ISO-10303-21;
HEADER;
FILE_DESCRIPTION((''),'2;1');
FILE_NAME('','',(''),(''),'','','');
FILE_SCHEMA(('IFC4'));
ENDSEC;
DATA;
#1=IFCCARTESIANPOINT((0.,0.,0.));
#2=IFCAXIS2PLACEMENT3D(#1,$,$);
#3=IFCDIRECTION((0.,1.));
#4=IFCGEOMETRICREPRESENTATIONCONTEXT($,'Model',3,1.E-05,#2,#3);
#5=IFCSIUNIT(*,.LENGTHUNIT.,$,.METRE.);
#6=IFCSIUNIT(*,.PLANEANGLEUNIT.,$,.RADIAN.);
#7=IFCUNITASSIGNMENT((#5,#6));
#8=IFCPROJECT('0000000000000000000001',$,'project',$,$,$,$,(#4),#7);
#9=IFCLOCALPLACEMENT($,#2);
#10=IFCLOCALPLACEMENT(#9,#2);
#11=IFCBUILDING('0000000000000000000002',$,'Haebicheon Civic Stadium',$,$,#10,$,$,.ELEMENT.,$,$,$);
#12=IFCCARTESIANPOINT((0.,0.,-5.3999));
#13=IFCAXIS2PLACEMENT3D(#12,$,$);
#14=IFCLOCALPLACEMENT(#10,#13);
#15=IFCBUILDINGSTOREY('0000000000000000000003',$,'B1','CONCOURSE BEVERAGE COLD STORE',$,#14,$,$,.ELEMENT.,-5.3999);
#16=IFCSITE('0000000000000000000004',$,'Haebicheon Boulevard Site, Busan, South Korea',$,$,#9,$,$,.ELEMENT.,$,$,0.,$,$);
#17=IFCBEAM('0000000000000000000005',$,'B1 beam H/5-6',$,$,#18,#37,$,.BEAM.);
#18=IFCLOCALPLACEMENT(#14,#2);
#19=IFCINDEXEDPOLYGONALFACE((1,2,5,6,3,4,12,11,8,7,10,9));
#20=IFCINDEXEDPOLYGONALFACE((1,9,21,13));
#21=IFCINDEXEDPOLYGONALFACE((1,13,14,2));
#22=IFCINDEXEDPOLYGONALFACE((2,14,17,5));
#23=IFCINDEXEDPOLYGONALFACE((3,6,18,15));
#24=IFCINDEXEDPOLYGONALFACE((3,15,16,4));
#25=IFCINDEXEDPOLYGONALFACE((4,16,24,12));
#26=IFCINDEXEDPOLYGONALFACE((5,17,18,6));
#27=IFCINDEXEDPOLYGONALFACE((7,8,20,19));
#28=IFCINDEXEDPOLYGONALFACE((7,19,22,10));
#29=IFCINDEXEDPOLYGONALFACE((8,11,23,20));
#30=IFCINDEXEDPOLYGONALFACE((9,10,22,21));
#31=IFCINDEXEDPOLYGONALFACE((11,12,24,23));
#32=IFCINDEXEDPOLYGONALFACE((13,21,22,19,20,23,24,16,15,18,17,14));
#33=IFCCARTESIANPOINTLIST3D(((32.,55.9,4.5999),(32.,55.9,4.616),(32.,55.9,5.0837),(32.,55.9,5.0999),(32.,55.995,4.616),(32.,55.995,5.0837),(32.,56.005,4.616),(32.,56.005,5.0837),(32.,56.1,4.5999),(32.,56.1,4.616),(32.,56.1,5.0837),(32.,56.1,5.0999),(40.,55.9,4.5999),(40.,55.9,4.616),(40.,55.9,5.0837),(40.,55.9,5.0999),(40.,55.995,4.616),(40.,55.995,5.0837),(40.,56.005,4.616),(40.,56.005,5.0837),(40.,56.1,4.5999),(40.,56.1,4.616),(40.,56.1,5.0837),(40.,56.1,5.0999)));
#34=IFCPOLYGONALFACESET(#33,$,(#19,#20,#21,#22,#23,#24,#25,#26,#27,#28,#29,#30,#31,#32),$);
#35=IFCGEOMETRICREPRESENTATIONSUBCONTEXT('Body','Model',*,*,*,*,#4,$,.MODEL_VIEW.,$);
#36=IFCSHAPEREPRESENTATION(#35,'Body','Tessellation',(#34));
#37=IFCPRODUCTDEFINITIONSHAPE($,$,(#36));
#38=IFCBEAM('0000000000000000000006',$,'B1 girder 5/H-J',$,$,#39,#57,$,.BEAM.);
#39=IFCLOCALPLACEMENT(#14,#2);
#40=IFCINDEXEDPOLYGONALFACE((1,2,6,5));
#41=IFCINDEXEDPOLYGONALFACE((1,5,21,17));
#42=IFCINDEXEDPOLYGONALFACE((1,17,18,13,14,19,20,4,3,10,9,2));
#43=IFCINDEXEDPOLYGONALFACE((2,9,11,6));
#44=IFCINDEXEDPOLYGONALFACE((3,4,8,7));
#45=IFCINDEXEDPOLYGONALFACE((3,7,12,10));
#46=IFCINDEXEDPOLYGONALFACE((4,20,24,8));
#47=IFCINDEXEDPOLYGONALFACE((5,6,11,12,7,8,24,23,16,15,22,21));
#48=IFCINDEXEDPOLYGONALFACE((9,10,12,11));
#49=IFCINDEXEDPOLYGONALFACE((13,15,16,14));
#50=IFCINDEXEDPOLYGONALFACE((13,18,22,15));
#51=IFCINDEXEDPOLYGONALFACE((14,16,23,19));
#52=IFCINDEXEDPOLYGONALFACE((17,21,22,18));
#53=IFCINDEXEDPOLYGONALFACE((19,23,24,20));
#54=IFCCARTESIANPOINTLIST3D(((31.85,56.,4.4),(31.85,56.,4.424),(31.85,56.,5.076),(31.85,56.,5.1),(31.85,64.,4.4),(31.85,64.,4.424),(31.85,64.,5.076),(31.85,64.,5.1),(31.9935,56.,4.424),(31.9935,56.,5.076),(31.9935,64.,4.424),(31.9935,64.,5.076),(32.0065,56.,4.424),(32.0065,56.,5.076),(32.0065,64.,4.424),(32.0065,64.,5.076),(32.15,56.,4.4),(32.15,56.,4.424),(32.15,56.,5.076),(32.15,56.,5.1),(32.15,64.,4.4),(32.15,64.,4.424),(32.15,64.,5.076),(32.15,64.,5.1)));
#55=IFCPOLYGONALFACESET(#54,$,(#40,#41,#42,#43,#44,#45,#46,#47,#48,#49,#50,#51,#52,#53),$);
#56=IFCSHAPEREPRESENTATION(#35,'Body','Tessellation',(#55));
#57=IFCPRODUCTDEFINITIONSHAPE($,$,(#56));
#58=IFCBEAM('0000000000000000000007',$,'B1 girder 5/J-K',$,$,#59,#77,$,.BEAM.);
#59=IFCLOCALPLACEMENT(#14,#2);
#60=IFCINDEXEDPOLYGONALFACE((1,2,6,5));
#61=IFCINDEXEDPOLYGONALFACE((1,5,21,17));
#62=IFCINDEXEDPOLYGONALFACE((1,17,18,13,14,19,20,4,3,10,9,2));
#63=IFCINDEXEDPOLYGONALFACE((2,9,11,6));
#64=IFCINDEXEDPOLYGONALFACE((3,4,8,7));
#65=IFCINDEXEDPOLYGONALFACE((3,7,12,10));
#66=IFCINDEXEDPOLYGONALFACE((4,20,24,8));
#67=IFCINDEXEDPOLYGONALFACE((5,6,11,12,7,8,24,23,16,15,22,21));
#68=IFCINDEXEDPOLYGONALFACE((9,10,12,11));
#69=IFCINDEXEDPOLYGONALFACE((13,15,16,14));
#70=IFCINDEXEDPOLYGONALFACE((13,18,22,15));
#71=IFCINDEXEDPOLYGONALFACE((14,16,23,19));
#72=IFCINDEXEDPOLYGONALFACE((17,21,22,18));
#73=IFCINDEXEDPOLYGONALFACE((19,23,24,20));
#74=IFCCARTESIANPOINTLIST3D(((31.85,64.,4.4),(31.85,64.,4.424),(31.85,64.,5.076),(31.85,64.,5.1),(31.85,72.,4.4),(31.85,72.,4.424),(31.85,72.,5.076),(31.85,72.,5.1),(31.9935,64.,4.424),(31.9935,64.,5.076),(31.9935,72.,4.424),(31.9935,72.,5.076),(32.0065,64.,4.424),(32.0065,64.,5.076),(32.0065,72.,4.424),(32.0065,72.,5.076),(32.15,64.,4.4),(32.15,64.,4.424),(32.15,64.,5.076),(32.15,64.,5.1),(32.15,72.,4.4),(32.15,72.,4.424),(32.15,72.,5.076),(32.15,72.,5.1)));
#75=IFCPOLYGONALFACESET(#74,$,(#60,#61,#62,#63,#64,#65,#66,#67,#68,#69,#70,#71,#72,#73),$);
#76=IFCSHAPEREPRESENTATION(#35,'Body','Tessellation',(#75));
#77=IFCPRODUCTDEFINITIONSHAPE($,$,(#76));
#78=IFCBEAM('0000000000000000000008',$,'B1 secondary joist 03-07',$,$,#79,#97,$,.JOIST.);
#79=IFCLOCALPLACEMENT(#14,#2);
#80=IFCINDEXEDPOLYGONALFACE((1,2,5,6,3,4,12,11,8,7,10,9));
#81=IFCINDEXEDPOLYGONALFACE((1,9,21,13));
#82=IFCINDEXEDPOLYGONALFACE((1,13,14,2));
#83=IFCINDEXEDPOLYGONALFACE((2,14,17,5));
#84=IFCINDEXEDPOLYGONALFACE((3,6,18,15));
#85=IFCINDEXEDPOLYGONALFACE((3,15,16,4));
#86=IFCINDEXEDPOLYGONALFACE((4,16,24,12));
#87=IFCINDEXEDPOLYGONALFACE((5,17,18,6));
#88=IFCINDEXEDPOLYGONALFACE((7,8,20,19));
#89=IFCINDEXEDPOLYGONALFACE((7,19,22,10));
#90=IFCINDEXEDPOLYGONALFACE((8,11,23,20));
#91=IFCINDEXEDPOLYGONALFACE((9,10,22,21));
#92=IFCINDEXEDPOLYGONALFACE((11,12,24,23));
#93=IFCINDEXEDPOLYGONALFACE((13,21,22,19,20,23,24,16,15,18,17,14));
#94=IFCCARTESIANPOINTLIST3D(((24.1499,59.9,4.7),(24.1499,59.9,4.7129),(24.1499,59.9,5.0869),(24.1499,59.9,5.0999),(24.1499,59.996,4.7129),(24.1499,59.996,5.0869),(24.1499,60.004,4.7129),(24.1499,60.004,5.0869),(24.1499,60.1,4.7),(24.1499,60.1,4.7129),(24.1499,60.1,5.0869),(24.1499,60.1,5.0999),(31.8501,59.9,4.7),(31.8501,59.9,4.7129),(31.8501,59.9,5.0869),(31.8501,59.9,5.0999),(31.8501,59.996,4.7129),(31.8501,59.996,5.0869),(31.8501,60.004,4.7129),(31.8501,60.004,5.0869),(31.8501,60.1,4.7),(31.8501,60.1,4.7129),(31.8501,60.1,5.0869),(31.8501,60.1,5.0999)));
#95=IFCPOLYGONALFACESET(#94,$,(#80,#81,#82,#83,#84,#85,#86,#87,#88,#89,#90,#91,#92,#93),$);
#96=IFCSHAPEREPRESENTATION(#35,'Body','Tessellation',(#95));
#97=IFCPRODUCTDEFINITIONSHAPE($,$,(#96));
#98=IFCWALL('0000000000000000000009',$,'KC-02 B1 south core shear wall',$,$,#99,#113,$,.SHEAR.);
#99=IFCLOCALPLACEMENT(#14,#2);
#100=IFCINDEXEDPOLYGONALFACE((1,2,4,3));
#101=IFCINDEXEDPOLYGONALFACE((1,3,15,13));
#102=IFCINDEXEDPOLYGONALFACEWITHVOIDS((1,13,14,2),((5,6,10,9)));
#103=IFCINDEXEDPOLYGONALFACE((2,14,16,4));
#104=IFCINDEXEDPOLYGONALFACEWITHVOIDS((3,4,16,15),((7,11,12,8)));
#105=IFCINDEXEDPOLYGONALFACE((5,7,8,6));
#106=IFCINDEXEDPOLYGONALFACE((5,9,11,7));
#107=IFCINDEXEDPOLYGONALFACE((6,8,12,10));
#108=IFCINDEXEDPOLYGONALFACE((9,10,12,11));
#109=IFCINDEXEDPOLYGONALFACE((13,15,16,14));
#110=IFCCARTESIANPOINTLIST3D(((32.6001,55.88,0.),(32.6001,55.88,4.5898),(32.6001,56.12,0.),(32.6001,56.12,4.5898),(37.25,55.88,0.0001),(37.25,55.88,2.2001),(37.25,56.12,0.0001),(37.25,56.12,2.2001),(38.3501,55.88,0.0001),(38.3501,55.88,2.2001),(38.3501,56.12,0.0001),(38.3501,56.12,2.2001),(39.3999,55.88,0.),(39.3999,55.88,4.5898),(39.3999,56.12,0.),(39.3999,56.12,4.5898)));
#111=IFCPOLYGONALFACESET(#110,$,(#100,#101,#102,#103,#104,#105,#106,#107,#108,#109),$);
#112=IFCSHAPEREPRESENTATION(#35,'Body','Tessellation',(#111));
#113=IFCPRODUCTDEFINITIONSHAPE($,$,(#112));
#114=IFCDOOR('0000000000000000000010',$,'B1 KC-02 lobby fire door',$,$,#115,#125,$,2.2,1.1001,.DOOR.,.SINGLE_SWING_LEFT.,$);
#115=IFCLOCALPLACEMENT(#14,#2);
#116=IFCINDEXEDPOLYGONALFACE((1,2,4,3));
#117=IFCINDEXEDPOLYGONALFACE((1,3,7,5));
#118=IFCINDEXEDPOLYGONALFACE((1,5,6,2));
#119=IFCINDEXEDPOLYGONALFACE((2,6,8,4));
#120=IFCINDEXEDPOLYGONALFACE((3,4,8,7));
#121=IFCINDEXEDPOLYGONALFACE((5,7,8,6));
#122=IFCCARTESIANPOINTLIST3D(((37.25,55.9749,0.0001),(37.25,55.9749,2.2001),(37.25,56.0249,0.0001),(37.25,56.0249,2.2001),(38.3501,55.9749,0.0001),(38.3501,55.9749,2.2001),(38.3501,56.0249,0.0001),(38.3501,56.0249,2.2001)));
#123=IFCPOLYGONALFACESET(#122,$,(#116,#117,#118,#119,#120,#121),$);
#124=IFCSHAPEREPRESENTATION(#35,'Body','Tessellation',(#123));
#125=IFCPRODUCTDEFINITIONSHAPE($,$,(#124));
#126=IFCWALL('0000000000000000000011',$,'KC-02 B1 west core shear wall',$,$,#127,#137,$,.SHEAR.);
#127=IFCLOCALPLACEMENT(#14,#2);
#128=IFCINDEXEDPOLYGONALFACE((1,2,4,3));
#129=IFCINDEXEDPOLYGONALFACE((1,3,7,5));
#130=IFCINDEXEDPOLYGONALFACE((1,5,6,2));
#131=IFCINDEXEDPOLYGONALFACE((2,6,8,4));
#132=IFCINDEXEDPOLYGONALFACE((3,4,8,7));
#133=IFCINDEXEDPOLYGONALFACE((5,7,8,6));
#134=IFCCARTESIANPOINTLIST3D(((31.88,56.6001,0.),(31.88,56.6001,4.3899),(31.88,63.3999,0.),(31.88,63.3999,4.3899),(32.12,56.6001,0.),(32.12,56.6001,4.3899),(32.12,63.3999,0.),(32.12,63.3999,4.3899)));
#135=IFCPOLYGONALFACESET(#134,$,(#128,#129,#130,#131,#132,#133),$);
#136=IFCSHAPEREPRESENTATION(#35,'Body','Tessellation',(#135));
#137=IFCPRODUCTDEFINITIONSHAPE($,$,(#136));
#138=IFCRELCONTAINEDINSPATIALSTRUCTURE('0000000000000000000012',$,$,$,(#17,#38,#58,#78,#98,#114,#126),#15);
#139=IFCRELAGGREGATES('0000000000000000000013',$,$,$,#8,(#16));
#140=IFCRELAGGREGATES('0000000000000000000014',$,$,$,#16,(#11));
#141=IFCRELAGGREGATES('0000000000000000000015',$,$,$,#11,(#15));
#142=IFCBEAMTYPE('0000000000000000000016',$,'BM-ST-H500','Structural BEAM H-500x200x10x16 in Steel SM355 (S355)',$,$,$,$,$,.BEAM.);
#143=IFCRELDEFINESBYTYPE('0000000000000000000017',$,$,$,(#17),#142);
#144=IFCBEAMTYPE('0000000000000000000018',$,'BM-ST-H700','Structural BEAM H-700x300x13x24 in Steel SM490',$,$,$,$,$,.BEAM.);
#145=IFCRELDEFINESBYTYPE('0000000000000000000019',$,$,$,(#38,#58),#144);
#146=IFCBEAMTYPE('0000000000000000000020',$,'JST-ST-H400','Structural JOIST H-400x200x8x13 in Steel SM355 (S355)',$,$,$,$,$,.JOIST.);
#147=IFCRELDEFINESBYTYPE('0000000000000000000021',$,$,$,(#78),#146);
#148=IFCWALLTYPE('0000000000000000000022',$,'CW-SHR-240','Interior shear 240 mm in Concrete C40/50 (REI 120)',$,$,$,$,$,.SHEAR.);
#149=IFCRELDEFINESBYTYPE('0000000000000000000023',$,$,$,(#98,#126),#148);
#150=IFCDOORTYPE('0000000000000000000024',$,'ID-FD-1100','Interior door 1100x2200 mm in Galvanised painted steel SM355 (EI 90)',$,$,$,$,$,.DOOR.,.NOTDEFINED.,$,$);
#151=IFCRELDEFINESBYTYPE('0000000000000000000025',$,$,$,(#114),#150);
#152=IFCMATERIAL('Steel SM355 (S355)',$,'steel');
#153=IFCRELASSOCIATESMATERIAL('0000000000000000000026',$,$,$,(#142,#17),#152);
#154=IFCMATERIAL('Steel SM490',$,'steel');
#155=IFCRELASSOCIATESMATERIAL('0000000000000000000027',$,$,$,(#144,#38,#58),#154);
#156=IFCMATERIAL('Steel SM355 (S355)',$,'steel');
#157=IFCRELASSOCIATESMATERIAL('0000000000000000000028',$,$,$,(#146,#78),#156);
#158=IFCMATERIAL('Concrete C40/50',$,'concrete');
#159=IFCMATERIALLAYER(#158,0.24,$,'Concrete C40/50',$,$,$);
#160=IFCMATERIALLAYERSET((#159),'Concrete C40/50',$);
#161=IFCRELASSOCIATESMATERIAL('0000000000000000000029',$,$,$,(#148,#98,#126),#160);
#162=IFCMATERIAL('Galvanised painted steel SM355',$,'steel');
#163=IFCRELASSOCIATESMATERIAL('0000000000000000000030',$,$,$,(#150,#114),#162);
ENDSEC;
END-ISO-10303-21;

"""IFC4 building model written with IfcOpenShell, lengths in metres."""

from ifc_helpers import new_model, si_unit, direction, frame, frame_2d, origin, origin_2d, place, context, subcontext, project, spatial, rectangle, i_section, extrude, material, layer, layer_set, material_profile, profile_set, type_object, element, fill, save


model = new_model("IFC4")

# Units and contexts
model_context = context("Model", 3, precision=1e-05, world=origin(), true_north=direction((0.0, 1.0)))
body_context = subcontext(model_context, "Body", "Model", "MODEL_VIEW")
ifc_project = project(units=[si_unit("LENGTHUNIT", "METRE"), si_unit("PLANEANGLEUNIT", "RADIAN")], contexts=[model_context])

# Site, building, storey
site_placement = place(None, origin())
site = spatial("IfcSite", under=ifc_project, at=site_placement, Name="Haebicheon Boulevard Site, Busan, South Korea", CompositionType="ELEMENT", RefElevation=0.0)
building_placement = place(site_placement, origin())
building = spatial("IfcBuilding", under=site, at=building_placement, Name="Haebicheon Civic Stadium", CompositionType="ELEMENT")
storey_placement = place(building_placement, frame((0.0, 0.0, -5.3999)))
storey = spatial("IfcBuildingStorey", under=building, at=storey_placement, Name="B1", Description="CONCOURSE BEVERAGE COLD STORE", CompositionType="ELEMENT", Elevation=-5.3999)

# Beams
ifc_material_1 = material(Name="Steel SM355 (S355)", Category="steel")
ifc_material_profile_1 = material_profile(ifc_material_1, i_section(OverallWidth=0.2, OverallDepth=0.5, WebThickness=0.01, FlangeThickness=0.0161, at=origin_2d()), Name="H-500x200x10x16")
ifc_profile_set_1 = profile_set([ifc_material_profile_1], Name="Steel SM355 (S355)")
beam_type_1 = type_object("IfcBeamType", Name="BM-ST-H500", Description="Structural BEAM H-500x200x10x16 in Steel SM355 (S355)", PredefinedType="BEAM", material=ifc_profile_set_1)
beam_1_placement = place(storey_placement, frame((32.0, 56.0, 4.8499), z_axis=(1.0, 0.0, 0.0), x_axis=(0.0, 1.0, 0.0)))
element("IfcBeam", 1, at=beam_1_placement, inside=storey, type_object=beam_type_1, material=ifc_profile_set_1, Name="B1 beam H/5-6", PredefinedType="BEAM", context=body_context, shape_type="SweptSolid", body=[
    extrude(i_section(OverallWidth=0.2, OverallDepth=0.5, WebThickness=0.01, FlangeThickness=0.0161, at=origin_2d()), origin(), (0.0, 0.0, 1.0), 8.0),
])
ifc_material_2 = material(Name="Steel SM490", Category="steel")
ifc_material_profile_2 = material_profile(ifc_material_2, i_section(OverallWidth=0.3, OverallDepth=0.7, WebThickness=0.0129, FlangeThickness=0.0239, at=origin_2d()), Name="H-700x300x13x24")
ifc_profile_set_2 = profile_set([ifc_material_profile_2], Name="Steel SM490")
beam_type_2 = type_object("IfcBeamType", Name="BM-ST-H700", Description="Structural BEAM H-700x300x13x24 in Steel SM490", PredefinedType="BEAM", material=ifc_profile_set_2)
for number, where, z_axis, x_axis, name in (
    (2, (32.0, 56.0, 4.75), (0.0, 1.0, 0.0), (-1.0, 0.0, 0.0), "B1 girder 5/H-J"),
    (3, (32.0, 64.0, 4.75), (0.0, 1.0, 0.0), (-1.0, 0.0, 0.0), "B1 girder 5/J-K"),
):
    element("IfcBeam", number, at=place(storey_placement, frame(where, z_axis=z_axis, x_axis=x_axis)), inside=storey, type_object=beam_type_2, material=ifc_profile_set_2, Name=name, PredefinedType="BEAM", context=body_context, shape_type="SweptSolid", body=[
        extrude(i_section(OverallWidth=0.3, OverallDepth=0.7, WebThickness=0.0129, FlangeThickness=0.0239, at=origin_2d()), origin(), (0.0, 0.0, 1.0), 8.0),
    ])
ifc_material_3 = material(Name="Steel SM355 (S355)", Category="steel")
ifc_material_profile_3 = material_profile(ifc_material_3, i_section(OverallWidth=0.2, OverallDepth=0.3999, WebThickness=0.0081, FlangeThickness=0.0129, at=origin_2d()), Name="H-400x200x8x13")
ifc_profile_set_3 = profile_set([ifc_material_profile_3], Name="Steel SM355 (S355)")
beam_type_3 = type_object("IfcBeamType", Name="JST-ST-H400", Description="Structural JOIST H-400x200x8x13 in Steel SM355 (S355)", PredefinedType="JOIST", material=ifc_profile_set_3)
beam_2_placement = place(storey_placement, frame((24.1499, 60.0, 4.8999), z_axis=(1.0, 0.0, 0.0), x_axis=(0.0, 1.0, 0.0)))
element("IfcBeam", 4, at=beam_2_placement, inside=storey, type_object=beam_type_3, material=ifc_profile_set_3, Name="B1 secondary joist 03-07", PredefinedType="JOIST", context=body_context, shape_type="SweptSolid", body=[
    extrude(i_section(OverallWidth=0.2, OverallDepth=0.3999, WebThickness=0.0081, FlangeThickness=0.0129, at=origin_2d()), origin(), (0.0, 0.0, 1.0), 7.7002),
])

# Wall, opening, door
ifc_material_4 = material(Name="Concrete C40/50", Category="concrete")
ifc_layer_1 = layer(ifc_material_4, 0.24, Name="Concrete C40/50")
ifc_layer_set_1 = layer_set([ifc_layer_1], Name="Concrete C40/50")
wall_type = type_object("IfcWallType", Name="CW-SHR-240", Description="Interior shear 240 mm in Concrete C40/50 (REI 120)", PredefinedType="SHEAR", material=ifc_layer_set_1)
wall_1_placement = place(storey_placement, frame((32.6001, 56.0, 0.0), z_axis=(0.0, 0.0, 1.0), x_axis=(1.0, 0.0, 0.0)))
wall_1 = element("IfcWall", 5, at=wall_1_placement, inside=storey, type_object=wall_type, material=ifc_layer_set_1, Name="KC-02 B1 south core shear wall", PredefinedType="SHEAR", context=body_context, shape_type="SweptSolid", body=[
    extrude(rectangle(XDim=6.7998, YDim=0.24, at=frame_2d((3.3999, 0.0))), origin(), (0.0, 0.0, 1.0), 4.5898),
])
opening_placement = place(wall_1_placement, frame((4.6499, 0.0, 0.0)))
opening = element("IfcOpeningElement", 6, at=opening_placement, cuts=wall_1, PredefinedType="OPENING", context=body_context, shape_type="SweptSolid", body=[
    extrude(rectangle(XDim=1.1001, YDim=2.2, at=frame_2d((0.55, 1.1001))), frame((0.0, 0.1299, 0.0), z_axis=(0.0, -1.0, 0.0), x_axis=(1.0, 0.0, 0.0)), (0.0, 0.0, 1.0), 0.26),
])
ifc_material_5 = material(Name="Galvanised painted steel SM355", Category="steel")
door_type = type_object("IfcDoorType", Name="ID-FD-1100", Description="Interior door 1100x2200 mm in Galvanised painted steel SM355 (EI 90)", OperationType="NOTDEFINED", PredefinedType="DOOR", material=ifc_material_5)
door_placement = place(opening_placement, origin())
door = element("IfcDoor", 7, at=door_placement, inside=storey, type_object=door_type, material=ifc_material_5, Name="B1 KC-02 lobby fire door", OperationType="SINGLE_SWING_LEFT", OverallHeight=2.2, OverallWidth=1.1001, PredefinedType="DOOR", context=body_context, shape_type="SweptSolid", body=[
    extrude(rectangle(XDim=1.1001, YDim=2.2, at=frame_2d((0.55, 1.1001))), frame((0.0, 0.0249, 0.0), z_axis=(0.0, -1.0, 0.0), x_axis=(1.0, 0.0, 0.0)), (0.0, 0.0, 1.0), 0.05),
])
fill(opening, door)

# Wall
wall_2_placement = place(storey_placement, frame((32.0, 56.6001, 0.0), z_axis=(0.0, 0.0, 1.0), x_axis=(0.0, 1.0, 0.0)))
element("IfcWall", 8, at=wall_2_placement, inside=storey, type_object=wall_type, material=ifc_layer_set_1, Name="KC-02 B1 west core shear wall", PredefinedType="SHEAR", context=body_context, shape_type="SweptSolid", body=[
    extrude(rectangle(XDim=6.7998, YDim=0.24, at=frame_2d((3.3999, 0.0))), origin(), (0.0, 0.0, 1.0), 4.3899),
])

save(model, "model.ifc")
